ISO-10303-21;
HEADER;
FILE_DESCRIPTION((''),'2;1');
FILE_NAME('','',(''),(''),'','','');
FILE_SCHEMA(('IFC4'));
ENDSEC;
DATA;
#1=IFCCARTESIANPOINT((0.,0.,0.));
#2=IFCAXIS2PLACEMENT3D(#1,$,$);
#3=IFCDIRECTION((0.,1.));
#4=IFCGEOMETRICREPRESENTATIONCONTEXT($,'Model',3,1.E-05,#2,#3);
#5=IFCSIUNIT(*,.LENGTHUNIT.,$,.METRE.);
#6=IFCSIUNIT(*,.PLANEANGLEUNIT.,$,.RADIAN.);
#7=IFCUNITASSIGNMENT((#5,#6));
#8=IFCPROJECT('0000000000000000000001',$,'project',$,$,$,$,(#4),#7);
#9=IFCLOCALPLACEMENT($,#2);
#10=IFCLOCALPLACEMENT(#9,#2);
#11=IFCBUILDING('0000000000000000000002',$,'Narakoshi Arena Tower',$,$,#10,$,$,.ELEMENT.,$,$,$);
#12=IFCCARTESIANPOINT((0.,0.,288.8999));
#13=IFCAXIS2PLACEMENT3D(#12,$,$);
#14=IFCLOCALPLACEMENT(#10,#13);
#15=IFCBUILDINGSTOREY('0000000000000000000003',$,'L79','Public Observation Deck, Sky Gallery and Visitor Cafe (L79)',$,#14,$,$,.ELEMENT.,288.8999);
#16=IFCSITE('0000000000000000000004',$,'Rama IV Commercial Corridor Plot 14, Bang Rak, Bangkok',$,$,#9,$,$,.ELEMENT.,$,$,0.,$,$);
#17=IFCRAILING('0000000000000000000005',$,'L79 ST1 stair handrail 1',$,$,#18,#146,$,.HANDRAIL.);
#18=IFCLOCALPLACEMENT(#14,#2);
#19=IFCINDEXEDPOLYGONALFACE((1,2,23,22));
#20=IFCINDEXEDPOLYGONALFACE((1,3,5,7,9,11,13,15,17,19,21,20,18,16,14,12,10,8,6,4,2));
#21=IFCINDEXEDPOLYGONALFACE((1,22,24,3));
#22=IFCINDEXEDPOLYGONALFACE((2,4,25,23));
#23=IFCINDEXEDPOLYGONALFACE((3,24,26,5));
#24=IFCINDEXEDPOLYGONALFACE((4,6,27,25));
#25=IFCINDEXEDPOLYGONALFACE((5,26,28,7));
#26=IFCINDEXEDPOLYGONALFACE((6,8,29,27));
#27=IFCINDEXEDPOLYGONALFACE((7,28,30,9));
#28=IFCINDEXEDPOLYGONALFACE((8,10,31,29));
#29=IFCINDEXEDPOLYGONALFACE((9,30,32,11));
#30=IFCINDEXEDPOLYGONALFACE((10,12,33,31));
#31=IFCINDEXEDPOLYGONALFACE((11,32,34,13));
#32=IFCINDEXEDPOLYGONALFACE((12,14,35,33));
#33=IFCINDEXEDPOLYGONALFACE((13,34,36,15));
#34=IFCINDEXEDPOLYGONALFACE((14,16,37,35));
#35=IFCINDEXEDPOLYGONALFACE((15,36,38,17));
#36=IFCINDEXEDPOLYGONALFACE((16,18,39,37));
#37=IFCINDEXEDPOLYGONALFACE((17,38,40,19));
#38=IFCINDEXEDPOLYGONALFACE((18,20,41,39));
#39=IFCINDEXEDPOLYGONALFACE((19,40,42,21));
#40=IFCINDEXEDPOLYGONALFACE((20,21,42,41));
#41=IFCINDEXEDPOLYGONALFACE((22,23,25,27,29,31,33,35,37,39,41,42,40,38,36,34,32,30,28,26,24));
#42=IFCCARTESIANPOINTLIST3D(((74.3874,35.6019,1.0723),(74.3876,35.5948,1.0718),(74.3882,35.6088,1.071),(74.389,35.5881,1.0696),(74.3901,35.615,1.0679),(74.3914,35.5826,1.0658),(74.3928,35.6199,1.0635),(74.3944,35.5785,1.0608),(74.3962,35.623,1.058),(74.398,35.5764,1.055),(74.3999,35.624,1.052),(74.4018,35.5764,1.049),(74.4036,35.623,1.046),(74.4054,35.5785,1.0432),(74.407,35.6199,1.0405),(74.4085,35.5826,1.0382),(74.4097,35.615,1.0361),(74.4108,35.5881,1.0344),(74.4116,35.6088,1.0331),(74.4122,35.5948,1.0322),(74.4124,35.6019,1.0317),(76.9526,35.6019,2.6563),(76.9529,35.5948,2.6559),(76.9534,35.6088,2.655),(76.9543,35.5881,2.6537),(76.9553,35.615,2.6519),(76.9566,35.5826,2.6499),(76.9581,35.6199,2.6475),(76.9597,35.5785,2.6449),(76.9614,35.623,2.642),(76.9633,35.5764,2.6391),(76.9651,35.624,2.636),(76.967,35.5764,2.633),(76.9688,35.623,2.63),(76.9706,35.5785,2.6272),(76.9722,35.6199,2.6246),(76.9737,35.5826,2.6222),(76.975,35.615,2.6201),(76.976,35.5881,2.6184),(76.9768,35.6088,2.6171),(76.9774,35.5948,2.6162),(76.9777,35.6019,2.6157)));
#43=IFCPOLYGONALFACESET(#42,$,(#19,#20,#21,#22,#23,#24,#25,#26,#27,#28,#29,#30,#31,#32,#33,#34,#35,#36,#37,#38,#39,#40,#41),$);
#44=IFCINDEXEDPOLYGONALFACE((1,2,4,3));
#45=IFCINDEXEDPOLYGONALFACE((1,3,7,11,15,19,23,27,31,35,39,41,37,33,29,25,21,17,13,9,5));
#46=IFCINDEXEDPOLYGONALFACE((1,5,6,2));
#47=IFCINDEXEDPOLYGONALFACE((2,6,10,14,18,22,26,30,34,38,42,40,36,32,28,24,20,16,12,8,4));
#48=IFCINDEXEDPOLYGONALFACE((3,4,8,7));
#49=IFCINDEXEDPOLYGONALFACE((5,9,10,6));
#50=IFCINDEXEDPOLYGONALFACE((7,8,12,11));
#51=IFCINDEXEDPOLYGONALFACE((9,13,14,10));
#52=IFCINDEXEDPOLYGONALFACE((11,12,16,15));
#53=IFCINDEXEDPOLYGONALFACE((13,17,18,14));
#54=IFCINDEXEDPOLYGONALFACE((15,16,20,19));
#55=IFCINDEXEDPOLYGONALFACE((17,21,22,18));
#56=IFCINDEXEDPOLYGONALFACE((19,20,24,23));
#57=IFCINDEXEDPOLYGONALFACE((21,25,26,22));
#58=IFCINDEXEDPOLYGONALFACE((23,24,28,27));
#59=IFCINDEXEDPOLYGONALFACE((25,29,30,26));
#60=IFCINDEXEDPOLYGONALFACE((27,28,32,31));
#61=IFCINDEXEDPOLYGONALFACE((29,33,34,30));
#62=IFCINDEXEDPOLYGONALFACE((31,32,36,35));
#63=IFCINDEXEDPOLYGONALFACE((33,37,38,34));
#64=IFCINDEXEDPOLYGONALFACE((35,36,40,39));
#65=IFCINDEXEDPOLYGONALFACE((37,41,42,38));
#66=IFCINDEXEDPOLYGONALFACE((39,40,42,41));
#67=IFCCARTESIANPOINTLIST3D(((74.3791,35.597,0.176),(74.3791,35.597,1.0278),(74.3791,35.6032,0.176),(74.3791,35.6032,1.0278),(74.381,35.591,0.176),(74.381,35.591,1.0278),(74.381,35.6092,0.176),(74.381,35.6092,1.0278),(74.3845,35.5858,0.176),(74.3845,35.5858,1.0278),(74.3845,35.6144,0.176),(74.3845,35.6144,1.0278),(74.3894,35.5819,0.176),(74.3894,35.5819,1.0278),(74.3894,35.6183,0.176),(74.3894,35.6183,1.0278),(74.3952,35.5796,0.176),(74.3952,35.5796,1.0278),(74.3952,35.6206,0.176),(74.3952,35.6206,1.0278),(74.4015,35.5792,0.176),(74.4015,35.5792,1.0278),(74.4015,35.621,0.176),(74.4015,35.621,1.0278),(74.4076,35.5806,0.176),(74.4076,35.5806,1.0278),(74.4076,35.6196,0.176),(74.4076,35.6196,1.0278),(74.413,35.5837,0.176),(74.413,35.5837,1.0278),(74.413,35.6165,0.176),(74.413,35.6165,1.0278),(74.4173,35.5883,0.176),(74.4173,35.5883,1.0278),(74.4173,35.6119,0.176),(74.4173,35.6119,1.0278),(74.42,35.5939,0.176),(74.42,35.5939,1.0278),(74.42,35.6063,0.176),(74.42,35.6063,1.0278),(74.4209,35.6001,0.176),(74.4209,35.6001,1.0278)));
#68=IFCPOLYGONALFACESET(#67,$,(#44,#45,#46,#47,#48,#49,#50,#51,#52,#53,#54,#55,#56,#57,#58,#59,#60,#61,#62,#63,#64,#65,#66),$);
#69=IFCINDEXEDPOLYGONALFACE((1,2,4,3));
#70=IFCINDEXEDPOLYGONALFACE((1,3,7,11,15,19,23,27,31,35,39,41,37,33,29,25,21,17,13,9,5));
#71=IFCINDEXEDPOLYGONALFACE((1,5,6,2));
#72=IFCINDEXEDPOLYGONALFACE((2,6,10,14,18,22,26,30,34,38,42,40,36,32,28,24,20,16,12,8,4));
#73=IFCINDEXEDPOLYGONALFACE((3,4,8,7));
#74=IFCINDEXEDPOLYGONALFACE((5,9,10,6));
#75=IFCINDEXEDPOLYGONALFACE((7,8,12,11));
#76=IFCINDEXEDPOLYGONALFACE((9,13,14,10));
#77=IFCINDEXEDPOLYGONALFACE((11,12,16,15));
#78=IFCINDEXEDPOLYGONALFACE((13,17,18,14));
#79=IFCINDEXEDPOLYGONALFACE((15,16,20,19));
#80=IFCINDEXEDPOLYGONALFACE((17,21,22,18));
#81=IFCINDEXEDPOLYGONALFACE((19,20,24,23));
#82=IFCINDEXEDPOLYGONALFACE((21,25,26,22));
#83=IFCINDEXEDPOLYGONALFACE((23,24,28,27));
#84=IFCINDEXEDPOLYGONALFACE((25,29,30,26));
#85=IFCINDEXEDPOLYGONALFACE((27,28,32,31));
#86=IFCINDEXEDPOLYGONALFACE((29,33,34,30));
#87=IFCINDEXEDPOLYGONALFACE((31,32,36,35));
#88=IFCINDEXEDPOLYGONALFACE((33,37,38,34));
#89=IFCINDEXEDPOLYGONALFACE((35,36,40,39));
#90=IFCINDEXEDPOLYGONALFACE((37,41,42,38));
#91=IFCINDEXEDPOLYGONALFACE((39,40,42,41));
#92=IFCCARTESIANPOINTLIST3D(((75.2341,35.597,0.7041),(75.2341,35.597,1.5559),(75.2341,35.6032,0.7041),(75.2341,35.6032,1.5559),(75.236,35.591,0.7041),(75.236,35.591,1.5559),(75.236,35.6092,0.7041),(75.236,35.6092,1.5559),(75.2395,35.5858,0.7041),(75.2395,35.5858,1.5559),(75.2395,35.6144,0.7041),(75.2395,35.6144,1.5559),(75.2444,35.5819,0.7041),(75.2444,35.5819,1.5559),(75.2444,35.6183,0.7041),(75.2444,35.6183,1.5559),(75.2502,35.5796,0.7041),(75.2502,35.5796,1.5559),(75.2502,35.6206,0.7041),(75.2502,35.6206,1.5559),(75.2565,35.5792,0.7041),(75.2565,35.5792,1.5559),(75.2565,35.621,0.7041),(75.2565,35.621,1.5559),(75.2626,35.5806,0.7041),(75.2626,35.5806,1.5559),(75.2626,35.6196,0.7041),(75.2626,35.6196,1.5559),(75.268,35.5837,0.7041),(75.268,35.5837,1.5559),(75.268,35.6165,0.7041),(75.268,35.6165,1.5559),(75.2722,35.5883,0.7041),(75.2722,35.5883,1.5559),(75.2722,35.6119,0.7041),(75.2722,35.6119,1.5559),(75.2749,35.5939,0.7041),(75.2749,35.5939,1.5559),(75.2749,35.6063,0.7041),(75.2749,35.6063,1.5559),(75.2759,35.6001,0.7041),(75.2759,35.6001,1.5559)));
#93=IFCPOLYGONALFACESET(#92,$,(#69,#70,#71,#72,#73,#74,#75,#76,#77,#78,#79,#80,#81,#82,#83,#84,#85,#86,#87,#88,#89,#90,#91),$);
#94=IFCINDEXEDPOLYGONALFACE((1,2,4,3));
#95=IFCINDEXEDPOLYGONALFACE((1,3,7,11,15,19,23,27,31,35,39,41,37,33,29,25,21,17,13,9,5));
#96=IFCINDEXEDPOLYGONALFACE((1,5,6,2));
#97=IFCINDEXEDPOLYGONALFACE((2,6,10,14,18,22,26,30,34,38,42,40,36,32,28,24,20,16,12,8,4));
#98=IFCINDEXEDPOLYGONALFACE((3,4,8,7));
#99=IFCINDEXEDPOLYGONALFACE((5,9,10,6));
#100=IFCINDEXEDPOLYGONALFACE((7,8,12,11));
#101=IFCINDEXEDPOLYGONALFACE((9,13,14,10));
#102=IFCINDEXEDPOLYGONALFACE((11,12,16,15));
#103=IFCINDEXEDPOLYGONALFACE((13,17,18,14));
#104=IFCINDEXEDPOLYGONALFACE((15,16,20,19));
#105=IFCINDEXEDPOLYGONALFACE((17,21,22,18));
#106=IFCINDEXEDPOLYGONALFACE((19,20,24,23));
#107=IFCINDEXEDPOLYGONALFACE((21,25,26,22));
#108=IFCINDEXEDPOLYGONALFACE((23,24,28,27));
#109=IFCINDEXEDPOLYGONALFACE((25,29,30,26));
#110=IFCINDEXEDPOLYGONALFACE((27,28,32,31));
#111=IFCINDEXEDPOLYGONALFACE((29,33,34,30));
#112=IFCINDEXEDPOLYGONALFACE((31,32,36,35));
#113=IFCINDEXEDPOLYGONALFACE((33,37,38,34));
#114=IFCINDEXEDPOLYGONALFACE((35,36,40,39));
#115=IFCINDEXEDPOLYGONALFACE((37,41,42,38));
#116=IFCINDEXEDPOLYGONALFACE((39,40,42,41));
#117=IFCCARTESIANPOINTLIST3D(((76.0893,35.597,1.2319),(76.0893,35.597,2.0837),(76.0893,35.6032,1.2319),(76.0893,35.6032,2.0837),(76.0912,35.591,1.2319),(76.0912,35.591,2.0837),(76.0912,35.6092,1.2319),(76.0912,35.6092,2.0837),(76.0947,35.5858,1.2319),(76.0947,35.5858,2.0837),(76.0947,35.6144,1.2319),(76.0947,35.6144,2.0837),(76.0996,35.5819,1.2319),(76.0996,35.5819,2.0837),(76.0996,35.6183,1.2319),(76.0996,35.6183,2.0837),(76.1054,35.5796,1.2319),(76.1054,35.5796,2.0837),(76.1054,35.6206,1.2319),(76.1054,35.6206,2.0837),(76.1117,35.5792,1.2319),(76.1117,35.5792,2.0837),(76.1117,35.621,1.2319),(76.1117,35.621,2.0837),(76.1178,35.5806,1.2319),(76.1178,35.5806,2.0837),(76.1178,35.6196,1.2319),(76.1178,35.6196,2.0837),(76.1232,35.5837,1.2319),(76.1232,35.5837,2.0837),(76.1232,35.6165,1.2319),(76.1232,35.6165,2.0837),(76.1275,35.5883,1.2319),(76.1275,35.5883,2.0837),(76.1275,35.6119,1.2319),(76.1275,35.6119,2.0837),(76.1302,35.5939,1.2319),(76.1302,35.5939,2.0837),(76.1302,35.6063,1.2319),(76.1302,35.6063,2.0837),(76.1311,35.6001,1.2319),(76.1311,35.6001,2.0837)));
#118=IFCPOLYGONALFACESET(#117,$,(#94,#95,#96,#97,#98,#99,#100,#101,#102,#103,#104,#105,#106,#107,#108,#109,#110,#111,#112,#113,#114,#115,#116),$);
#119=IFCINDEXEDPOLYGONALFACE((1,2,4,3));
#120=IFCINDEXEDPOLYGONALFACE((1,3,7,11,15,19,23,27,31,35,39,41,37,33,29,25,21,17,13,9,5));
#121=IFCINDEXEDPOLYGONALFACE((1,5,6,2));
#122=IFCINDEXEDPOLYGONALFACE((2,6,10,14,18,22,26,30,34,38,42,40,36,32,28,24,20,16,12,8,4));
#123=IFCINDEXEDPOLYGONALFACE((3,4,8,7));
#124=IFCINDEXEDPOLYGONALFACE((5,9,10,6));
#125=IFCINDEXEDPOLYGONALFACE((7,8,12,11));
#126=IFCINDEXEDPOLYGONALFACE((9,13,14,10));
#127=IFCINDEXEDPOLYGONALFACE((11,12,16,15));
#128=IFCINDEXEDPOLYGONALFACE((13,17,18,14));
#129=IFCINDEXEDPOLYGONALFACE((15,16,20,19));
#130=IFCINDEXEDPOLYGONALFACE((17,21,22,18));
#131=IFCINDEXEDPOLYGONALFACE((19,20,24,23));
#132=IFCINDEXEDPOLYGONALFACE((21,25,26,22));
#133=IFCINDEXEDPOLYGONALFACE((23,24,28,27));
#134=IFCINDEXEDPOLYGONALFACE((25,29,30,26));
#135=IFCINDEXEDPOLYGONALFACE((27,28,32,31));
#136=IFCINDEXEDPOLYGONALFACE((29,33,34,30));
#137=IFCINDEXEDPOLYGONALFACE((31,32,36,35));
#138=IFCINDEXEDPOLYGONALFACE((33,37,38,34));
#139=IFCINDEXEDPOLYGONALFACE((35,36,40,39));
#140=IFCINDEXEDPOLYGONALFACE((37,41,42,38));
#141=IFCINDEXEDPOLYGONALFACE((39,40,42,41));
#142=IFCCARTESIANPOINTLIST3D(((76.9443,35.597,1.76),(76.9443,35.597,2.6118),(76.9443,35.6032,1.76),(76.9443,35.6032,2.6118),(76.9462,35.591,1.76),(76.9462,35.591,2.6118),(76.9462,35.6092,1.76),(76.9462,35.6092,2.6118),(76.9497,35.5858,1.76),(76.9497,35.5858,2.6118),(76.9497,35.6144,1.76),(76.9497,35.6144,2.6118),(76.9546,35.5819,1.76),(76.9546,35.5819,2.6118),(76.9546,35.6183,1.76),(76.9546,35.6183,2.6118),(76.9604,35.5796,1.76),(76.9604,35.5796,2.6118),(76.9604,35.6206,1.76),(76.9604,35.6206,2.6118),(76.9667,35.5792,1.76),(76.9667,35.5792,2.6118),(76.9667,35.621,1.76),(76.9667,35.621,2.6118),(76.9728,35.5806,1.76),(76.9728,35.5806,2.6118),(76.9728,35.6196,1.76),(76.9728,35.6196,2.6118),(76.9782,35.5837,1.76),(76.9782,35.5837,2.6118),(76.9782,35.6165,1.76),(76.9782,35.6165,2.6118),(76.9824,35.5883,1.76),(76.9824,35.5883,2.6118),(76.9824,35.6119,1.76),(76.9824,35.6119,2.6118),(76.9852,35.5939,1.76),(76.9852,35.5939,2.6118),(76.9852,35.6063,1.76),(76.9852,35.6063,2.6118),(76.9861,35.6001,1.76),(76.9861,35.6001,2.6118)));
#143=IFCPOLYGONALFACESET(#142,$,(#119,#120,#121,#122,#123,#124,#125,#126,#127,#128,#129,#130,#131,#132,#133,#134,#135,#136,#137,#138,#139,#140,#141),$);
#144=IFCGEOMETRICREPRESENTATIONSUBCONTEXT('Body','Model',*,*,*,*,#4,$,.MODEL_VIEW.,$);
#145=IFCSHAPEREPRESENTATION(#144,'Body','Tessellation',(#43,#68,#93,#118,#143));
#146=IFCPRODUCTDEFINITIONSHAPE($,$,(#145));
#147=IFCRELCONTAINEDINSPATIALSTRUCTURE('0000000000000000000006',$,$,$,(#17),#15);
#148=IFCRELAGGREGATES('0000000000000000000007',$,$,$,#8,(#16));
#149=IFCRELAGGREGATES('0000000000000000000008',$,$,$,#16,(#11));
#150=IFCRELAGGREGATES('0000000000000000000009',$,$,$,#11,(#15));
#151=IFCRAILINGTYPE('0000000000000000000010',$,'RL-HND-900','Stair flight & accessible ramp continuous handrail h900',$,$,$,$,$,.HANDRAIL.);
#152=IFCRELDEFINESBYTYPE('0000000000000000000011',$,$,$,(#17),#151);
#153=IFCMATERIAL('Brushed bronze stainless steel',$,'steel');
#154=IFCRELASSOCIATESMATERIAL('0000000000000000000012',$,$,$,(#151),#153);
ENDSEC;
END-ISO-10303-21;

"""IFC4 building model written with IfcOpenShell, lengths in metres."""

from ifc_helpers import new_model, si_unit, direction, frame, origin, origin_2d, place, context, subcontext, project, spatial, circle, extrude, material, type_object, element, save


model = new_model("IFC4")

# Units and contexts
model_context = context("Model", 3, precision=1e-05, world=origin(), true_north=direction((0.0, 1.0)))
body_context = subcontext(model_context, "Body", "Model", "MODEL_VIEW")
ifc_project = project(units=[si_unit("LENGTHUNIT", "METRE"), si_unit("PLANEANGLEUNIT", "RADIAN")], contexts=[model_context])

# Site, building, storey
site_placement = place(None, origin())
site = spatial("IfcSite", under=ifc_project, at=site_placement, Name="Rama IV Commercial Corridor Plot 14, Bang Rak, Bangkok", CompositionType="ELEMENT", RefElevation=0.0)
building_placement = place(site_placement, origin())
building = spatial("IfcBuilding", under=site, at=building_placement, Name="Narakoshi Arena Tower", CompositionType="ELEMENT")
storey_placement = place(building_placement, frame((0.0, 0.0, 288.8999)))
storey = spatial("IfcBuildingStorey", under=building, at=storey_placement, Name="L79", Description="Public Observation Deck, Sky Gallery and Visitor Cafe (L79)", CompositionType="ELEMENT", Elevation=288.8999)

# Railing
ifc_material_1 = material(Name="Brushed bronze stainless steel", Category="steel")
railing_type_1 = type_object("IfcRailingType", Name="RL-HND-900", Description="Stair flight & accessible ramp continuous handrail h900", PredefinedType="HANDRAIL", material=ifc_material_1)
railing_1_placement = place(storey_placement, frame((74.3999, 35.6001, 0.176)))
element("IfcRailing", 1, at=railing_1_placement, inside=storey, type_object=railing_type_1, Name="L79 ST1 stair handrail 1", PredefinedType="HANDRAIL", context=body_context, shape_type="SweptSolid", body=[
    extrude(circle(Radius=0.0239, at=origin_2d()), frame((0.0, 0.0, 0.876), z_axis=(0.850857, 0.0, 0.525398), x_axis=(0.0, 1.0, 0.0)), (0.0, 0.0, 1.0), 3.0149),
    extrude(circle(Radius=0.021, at=origin_2d()), origin(), (0.0, 0.0, 1.0), 0.8518),
    extrude(circle(Radius=0.021, at=origin_2d()), frame((0.855, 0.0, 0.5281)), (0.0, 0.0, 1.0), 0.8518),
    extrude(circle(Radius=0.021, at=origin_2d()), frame((1.7102, 0.0, 1.0559)), (0.0, 0.0, 1.0), 0.8518),
    extrude(circle(Radius=0.021, at=origin_2d()), frame((2.5652, 0.0, 1.584)), (0.0, 0.0, 1.0), 0.8518),
])

save(model, "model.ifc")
